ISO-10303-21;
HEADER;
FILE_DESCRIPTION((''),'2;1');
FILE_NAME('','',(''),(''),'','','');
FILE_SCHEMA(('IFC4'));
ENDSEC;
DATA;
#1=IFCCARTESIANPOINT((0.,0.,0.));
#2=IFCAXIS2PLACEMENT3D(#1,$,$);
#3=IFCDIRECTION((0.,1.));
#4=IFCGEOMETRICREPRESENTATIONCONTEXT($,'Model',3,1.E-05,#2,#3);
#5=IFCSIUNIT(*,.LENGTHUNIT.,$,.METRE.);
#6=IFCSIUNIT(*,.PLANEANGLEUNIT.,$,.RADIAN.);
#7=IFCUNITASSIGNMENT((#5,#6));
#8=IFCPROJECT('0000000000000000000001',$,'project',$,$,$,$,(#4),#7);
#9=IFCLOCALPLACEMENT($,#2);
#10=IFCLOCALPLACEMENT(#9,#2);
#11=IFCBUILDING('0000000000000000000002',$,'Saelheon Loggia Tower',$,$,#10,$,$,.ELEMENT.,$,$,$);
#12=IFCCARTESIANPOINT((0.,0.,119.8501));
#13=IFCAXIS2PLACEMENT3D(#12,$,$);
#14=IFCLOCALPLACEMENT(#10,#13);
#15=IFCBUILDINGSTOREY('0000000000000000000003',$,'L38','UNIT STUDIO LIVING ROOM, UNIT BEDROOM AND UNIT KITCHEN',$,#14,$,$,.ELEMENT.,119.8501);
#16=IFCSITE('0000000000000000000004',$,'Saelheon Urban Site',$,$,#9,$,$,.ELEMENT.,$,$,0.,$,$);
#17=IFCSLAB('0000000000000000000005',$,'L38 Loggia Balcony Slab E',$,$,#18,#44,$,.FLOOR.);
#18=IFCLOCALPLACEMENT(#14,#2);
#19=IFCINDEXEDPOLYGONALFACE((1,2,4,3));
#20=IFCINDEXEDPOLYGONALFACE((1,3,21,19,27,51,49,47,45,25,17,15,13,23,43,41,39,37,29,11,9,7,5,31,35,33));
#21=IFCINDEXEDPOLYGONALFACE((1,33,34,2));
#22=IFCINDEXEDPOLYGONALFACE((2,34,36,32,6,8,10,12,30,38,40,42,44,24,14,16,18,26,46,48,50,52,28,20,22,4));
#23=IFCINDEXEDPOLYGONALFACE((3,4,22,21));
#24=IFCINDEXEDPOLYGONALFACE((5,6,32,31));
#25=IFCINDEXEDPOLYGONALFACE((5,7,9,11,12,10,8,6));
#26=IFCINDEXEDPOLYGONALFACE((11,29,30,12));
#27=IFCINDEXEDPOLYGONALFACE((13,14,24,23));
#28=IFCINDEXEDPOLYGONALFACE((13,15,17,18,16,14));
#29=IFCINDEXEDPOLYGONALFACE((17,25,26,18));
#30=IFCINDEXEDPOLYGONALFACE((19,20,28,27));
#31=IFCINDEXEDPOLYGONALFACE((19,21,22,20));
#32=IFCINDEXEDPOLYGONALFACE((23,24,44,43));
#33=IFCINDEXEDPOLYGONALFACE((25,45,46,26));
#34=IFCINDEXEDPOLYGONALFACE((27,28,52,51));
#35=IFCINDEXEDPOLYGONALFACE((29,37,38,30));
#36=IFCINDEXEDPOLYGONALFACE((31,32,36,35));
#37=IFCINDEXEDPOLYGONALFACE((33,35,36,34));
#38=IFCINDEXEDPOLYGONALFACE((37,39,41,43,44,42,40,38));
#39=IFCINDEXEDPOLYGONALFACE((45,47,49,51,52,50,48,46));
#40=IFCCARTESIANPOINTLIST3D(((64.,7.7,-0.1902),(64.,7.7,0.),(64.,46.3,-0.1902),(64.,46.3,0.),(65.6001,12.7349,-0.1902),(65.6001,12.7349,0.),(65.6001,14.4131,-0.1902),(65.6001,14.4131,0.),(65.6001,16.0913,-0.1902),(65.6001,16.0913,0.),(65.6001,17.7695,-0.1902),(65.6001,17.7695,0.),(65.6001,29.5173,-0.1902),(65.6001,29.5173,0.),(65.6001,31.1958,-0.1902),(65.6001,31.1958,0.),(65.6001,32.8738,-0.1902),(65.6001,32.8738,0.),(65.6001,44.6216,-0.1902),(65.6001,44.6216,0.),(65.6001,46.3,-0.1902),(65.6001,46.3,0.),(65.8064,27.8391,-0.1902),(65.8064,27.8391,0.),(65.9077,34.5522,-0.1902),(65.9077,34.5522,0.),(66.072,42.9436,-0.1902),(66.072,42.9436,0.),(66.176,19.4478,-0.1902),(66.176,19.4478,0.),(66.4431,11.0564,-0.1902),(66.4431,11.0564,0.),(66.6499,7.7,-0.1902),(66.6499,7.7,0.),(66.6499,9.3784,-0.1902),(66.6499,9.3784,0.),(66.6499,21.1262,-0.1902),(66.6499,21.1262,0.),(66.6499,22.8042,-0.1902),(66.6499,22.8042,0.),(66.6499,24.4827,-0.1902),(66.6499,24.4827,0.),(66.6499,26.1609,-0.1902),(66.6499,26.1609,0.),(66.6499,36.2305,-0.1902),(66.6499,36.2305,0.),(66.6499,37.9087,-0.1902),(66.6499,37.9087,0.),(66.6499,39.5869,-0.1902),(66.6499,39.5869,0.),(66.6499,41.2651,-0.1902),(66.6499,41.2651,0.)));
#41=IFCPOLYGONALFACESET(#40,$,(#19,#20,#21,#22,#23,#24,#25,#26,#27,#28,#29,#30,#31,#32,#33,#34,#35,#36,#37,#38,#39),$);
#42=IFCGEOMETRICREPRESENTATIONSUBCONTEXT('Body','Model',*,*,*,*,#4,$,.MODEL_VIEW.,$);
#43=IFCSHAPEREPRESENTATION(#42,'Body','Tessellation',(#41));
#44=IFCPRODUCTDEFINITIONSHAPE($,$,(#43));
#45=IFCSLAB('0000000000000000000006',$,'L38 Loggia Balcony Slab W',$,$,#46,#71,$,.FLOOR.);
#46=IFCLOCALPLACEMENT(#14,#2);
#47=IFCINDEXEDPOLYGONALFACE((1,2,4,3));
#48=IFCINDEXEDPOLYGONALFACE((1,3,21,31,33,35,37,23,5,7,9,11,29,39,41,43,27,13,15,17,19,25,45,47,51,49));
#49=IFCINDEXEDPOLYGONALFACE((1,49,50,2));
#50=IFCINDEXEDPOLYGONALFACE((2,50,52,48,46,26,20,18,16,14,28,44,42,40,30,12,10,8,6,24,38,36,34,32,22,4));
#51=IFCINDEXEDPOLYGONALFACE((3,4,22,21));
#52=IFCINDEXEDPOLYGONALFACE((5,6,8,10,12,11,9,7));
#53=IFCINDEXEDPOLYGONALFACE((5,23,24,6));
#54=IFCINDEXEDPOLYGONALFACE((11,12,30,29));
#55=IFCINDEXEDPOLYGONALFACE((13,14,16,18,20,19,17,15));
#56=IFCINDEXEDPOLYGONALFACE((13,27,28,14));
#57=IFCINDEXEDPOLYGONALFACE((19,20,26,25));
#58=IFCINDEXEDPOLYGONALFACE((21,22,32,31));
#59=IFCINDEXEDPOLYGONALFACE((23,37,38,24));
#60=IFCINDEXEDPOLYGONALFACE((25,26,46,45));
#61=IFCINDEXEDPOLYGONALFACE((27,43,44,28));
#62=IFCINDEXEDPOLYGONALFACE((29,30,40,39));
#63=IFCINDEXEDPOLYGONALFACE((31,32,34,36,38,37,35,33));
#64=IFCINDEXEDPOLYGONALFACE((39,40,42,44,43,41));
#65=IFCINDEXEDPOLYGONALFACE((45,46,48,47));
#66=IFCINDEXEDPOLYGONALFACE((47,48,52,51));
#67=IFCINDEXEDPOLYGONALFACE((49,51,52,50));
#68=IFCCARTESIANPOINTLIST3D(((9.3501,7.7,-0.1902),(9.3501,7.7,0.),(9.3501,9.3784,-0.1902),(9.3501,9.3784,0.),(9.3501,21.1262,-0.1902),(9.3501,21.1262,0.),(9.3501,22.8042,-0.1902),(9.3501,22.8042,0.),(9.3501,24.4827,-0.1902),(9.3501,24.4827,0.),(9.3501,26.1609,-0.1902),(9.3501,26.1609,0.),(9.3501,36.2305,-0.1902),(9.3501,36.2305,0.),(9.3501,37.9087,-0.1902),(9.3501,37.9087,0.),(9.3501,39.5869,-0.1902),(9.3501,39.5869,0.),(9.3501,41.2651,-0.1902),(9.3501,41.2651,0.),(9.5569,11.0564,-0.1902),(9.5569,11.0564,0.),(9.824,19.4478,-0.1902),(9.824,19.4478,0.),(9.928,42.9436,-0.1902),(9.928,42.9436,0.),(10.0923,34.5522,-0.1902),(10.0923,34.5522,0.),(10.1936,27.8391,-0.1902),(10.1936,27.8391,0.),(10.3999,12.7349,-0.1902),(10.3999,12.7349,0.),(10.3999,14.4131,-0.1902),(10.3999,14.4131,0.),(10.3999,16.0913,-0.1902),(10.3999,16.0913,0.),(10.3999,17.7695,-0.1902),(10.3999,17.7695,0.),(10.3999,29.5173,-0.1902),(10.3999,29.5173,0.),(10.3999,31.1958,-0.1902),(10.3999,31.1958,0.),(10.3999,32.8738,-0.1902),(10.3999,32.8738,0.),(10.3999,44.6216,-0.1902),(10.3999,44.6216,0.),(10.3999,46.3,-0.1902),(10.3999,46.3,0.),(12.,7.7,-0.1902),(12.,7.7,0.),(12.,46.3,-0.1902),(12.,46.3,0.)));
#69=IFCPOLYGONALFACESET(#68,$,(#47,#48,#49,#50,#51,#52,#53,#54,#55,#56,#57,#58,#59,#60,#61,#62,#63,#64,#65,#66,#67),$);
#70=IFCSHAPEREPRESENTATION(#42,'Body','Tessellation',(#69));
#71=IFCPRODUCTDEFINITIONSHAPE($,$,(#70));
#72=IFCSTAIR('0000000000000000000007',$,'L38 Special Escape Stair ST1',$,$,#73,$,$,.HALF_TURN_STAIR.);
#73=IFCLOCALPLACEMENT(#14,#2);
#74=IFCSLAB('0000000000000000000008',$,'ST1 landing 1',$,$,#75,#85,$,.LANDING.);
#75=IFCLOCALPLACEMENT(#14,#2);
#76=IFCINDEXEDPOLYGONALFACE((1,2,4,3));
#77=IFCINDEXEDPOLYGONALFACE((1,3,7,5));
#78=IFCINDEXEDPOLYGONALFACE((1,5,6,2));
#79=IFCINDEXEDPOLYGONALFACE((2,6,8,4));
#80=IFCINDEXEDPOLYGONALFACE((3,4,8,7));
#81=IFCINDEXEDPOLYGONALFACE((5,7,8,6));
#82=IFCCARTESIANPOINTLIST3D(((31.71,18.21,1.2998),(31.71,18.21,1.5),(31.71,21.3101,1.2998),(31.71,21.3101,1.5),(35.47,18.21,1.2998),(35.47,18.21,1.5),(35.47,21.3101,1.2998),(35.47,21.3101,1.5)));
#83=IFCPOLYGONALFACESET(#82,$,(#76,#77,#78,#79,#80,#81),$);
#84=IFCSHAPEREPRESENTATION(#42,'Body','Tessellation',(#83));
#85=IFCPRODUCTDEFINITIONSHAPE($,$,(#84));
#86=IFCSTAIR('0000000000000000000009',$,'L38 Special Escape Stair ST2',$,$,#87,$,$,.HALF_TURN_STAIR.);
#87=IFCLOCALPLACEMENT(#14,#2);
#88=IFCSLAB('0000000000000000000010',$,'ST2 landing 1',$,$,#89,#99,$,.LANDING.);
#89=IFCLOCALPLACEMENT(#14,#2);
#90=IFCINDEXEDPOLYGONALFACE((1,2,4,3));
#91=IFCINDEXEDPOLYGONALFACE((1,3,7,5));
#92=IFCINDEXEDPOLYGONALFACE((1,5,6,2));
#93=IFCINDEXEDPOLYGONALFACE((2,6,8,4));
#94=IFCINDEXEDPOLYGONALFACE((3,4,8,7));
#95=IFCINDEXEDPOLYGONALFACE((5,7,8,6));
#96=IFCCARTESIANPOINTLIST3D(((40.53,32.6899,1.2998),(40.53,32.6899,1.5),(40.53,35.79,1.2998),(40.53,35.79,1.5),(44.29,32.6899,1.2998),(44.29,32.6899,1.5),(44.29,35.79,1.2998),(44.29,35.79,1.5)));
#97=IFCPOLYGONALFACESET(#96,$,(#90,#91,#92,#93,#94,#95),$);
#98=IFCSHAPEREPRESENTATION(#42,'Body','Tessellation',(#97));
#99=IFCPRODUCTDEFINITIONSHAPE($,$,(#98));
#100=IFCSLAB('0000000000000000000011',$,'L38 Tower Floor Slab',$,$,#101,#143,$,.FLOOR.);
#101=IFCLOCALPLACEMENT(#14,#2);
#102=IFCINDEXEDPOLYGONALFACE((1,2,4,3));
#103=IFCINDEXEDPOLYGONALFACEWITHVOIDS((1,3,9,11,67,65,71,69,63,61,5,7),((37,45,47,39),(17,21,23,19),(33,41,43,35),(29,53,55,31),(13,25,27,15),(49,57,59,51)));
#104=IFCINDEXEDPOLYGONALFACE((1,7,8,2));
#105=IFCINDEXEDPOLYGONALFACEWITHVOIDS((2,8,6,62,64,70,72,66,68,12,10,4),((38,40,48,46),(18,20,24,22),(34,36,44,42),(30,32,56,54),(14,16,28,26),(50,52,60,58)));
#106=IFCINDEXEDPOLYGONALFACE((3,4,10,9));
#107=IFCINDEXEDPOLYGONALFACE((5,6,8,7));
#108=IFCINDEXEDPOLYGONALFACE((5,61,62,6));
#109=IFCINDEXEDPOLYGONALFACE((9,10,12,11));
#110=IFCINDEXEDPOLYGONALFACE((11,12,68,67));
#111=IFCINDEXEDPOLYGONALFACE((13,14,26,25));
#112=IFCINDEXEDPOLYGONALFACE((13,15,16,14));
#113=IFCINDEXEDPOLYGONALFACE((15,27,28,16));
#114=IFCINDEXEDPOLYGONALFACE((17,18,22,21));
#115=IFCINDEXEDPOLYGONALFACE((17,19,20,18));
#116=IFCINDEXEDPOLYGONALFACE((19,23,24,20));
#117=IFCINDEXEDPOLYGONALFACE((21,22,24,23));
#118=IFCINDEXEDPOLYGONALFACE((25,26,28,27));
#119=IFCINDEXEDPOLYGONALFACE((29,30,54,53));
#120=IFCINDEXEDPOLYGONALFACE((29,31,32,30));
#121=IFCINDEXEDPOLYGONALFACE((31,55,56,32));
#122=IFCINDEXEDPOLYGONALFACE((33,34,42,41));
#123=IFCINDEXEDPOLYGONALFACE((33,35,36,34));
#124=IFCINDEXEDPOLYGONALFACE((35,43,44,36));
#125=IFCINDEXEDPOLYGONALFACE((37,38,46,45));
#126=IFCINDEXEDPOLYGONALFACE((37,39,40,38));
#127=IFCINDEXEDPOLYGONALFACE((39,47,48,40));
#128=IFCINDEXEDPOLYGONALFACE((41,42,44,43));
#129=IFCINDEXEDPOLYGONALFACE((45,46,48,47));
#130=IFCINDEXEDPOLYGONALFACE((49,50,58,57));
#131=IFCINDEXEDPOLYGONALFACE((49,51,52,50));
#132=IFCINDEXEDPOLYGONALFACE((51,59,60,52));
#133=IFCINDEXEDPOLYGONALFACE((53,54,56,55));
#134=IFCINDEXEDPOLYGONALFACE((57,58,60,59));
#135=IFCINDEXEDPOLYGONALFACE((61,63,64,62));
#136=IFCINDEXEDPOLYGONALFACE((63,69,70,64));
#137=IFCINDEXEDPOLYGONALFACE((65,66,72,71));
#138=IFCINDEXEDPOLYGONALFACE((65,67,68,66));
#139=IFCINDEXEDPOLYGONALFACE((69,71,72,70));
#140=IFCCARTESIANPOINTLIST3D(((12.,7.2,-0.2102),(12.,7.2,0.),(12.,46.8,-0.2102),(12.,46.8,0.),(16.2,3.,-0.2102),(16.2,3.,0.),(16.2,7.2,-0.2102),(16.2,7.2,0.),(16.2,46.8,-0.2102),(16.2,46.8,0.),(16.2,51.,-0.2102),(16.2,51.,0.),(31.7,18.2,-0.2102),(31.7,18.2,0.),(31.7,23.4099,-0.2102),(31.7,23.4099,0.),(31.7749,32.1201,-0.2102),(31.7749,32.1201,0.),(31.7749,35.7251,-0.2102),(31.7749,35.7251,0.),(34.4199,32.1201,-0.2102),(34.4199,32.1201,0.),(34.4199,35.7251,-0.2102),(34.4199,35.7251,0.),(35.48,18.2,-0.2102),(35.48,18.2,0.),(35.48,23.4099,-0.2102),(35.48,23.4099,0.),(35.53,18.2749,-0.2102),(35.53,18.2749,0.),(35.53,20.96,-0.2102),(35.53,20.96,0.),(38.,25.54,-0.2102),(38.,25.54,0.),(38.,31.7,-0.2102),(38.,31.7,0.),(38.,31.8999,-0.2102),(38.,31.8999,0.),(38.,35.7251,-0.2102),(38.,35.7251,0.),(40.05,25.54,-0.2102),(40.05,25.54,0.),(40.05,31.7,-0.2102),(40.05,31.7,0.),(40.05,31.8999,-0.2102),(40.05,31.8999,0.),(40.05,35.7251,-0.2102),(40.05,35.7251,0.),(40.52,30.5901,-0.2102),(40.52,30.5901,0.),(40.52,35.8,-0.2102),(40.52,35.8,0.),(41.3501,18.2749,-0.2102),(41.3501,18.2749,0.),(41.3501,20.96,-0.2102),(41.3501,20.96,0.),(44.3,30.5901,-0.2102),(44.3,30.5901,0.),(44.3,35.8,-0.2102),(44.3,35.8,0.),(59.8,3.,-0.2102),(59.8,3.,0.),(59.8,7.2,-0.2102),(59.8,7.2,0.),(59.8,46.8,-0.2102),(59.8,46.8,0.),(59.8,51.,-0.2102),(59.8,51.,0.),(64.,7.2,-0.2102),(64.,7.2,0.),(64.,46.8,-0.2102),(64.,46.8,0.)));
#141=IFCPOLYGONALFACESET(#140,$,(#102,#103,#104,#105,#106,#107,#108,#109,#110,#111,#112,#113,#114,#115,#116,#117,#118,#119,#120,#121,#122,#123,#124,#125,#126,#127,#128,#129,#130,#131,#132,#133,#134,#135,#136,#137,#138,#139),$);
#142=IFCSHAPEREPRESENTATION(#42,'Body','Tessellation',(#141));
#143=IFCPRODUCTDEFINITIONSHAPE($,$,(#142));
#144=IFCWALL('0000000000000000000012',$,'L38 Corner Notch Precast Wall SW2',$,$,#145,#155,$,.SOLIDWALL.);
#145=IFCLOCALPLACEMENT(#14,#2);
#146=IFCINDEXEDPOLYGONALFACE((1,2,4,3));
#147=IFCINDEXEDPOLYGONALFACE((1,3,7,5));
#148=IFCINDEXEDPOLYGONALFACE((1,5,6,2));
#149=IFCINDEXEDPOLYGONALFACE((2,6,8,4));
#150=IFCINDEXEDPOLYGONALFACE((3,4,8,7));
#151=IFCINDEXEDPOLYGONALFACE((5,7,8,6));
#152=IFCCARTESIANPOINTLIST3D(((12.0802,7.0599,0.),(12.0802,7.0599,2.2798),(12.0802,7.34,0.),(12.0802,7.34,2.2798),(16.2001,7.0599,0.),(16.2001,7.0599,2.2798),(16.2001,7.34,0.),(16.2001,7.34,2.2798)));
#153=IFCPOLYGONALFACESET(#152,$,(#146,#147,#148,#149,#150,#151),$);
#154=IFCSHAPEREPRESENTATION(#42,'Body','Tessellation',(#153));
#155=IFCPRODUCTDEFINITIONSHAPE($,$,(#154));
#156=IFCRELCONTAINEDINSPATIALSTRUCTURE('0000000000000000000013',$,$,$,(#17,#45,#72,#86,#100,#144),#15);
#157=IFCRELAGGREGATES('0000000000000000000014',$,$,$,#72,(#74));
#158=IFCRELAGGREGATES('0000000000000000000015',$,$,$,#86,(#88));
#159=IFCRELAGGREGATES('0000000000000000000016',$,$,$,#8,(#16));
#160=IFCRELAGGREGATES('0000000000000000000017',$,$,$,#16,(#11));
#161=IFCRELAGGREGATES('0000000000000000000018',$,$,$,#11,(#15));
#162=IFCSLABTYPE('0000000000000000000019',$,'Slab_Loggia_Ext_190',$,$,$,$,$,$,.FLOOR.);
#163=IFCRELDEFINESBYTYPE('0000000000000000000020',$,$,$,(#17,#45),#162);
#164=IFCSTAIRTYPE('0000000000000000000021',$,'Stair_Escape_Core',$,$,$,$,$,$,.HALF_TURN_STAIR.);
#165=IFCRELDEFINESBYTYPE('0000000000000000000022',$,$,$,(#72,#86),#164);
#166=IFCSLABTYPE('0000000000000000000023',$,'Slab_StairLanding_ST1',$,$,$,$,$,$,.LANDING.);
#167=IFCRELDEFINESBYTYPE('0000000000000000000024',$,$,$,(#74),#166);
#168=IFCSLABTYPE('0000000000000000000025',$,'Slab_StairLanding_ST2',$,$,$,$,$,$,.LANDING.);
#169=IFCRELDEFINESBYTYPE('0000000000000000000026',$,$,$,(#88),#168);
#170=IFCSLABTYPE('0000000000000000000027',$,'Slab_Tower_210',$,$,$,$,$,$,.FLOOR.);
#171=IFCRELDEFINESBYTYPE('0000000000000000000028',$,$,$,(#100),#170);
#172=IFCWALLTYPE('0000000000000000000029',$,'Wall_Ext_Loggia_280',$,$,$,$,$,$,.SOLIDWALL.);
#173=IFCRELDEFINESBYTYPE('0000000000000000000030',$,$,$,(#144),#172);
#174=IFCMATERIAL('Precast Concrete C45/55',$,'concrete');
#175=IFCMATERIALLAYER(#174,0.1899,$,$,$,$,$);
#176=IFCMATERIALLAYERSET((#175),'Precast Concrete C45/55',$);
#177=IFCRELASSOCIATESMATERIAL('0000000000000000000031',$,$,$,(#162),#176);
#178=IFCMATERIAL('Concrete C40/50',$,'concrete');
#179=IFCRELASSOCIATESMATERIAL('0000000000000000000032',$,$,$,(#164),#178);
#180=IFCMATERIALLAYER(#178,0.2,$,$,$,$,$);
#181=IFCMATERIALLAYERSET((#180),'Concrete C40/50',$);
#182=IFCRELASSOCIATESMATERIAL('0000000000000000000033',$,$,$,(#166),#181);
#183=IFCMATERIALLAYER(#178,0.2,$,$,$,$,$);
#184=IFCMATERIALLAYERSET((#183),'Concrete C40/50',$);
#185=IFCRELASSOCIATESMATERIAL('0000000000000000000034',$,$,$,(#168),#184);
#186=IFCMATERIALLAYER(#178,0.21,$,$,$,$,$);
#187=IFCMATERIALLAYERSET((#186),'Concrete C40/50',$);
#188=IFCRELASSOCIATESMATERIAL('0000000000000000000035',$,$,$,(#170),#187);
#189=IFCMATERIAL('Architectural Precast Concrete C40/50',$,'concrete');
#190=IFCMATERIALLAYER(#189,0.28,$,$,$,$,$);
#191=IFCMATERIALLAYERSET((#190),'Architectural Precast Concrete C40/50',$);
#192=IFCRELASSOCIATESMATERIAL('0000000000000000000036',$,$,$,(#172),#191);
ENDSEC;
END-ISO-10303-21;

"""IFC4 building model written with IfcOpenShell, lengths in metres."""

from ifc_helpers import new_model, si_unit, direction, frame, frame_2d, origin, place, context, subcontext, project, spatial, polyline, rectangle, outline, extrude, material, layer, layer_set, type_object, element, aggregate, save


model = new_model("IFC4")

# Units and contexts
model_context = context("Model", 3, precision=1e-05, world=origin(), true_north=direction((0.0, 1.0)))
body_context = subcontext(model_context, "Body", "Model", "MODEL_VIEW")
ifc_project = project(units=[si_unit("LENGTHUNIT", "METRE"), si_unit("PLANEANGLEUNIT", "RADIAN")], contexts=[model_context])

# Site, building, storey
site_placement = place(None, origin())
site = spatial("IfcSite", under=ifc_project, at=site_placement, Name="Saelheon Urban Site", CompositionType="ELEMENT", RefElevation=0.0)
building_placement = place(site_placement, origin())
building = spatial("IfcBuilding", under=site, at=building_placement, Name="Saelheon Loggia Tower", CompositionType="ELEMENT")
storey_placement = place(building_placement, frame((0.0, 0.0, 119.8501)))
storey = spatial("IfcBuildingStorey", under=building, at=storey_placement, Name="L38", Description="UNIT STUDIO LIVING ROOM, UNIT BEDROOM AND UNIT KITCHEN", CompositionType="ELEMENT", Elevation=119.8501)

# Shared definitions
ifc_material_1 = material(Name="Precast Concrete C45/55", Category="concrete")

# Shared definitions
ifc_material_2 = material(Name="Concrete C40/50", Category="concrete")

# Slabs
ifc_layer_1 = layer(ifc_material_1, 0.1899)
ifc_layer_set_1 = layer_set([ifc_layer_1], Name="Precast Concrete C45/55")
slab_type_1 = type_object("IfcSlabType", Name="Slab_Loggia_Ext_190", PredefinedType="FLOOR", material=ifc_layer_set_1)
slab_1_placement = place(storey_placement, frame((0.0, 0.0, -0.1902)))
element("IfcSlab", 1, at=slab_1_placement, inside=storey, type_object=slab_type_1, Name="L38 Loggia Balcony Slab E", PredefinedType="FLOOR", context=body_context, shape_type="SweptSolid", body=[
    extrude(outline(polyline([(64.0, 7.7), (66.6499, 7.7), (66.6499, 9.3784), (66.4431, 11.0564), (65.6001, 12.7349), (65.6001, 14.4131), (65.6001, 16.0913), (65.6001, 17.7695), (66.176, 19.4478), (66.6499, 21.1262), (66.6499, 22.8042), (66.6499, 24.4827), (66.6499, 26.1609), (65.8064, 27.8391), (65.6001, 29.5173), (65.6001, 31.1958), (65.6001, 32.8738), (65.9077, 34.5522), (66.6499, 36.2305), (66.6499, 37.9087), (66.6499, 39.5869), (66.6499, 41.2651), (66.072, 42.9436), (65.6001, 44.6216), (65.6001, 46.3), (64.0, 46.3), (64.0, 7.7)])), origin(), (0.0, 0.0, 1.0), 0.1902),
])
slab_2_placement = place(storey_placement, frame((0.0, 0.0, -0.1902)))
element("IfcSlab", 2, at=slab_2_placement, inside=storey, type_object=slab_type_1, Name="L38 Loggia Balcony Slab W", PredefinedType="FLOOR", context=body_context, shape_type="SweptSolid", body=[
    extrude(outline(polyline([(12.0, 7.7), (12.0, 46.3), (10.3999, 46.3), (10.3999, 44.6216), (9.928, 42.9436), (9.3501, 41.2651), (9.3501, 39.5869), (9.3501, 37.9087), (9.3501, 36.2305), (10.0923, 34.5522), (10.3999, 32.8738), (10.3999, 31.1958), (10.3999, 29.5173), (10.1936, 27.8391), (9.3501, 26.1609), (9.3501, 24.4827), (9.3501, 22.8042), (9.3501, 21.1262), (9.824, 19.4478), (10.3999, 17.7695), (10.3999, 16.0913), (10.3999, 14.4131), (10.3999, 12.7349), (9.5569, 11.0564), (9.3501, 9.3784), (9.3501, 7.7), (12.0, 7.7)])), origin(), (0.0, 0.0, 1.0), 0.1902),
])

# Stairs, slabs
stair_type = type_object("IfcStairType", Name="Stair_Escape_Core", PredefinedType="HALF_TURN_STAIR", material=ifc_material_2)
stair_1_placement = place(storey_placement, origin())
stair_1 = element("IfcStair", 3, at=stair_1_placement, inside=storey, type_object=stair_type, Name="L38 Special Escape Stair ST1", PredefinedType="HALF_TURN_STAIR")
ifc_layer_2 = layer(ifc_material_2, 0.2)
ifc_layer_set_2 = layer_set([ifc_layer_2], Name="Concrete C40/50")
slab_type_2 = type_object("IfcSlabType", Name="Slab_StairLanding_ST1", PredefinedType="LANDING", material=ifc_layer_set_2)
slab_3_placement = place(storey_placement, frame((0.0, 0.0, 1.2998)))
slab_3 = element("IfcSlab", 4, at=slab_3_placement, type_object=slab_type_2, Name="ST1 landing 1", PredefinedType="LANDING", context=body_context, shape_type="SweptSolid", body=[
    extrude(outline(polyline([(31.71, 21.3101), (31.71, 18.21), (35.47, 18.21), (35.47, 21.3101), (31.71, 21.3101)])), origin(), (0.0, 0.0, 1.0), 0.2002),
])
aggregate(stair_1, [slab_3])
stair_2_placement = place(storey_placement, origin())
stair_2 = element("IfcStair", 5, at=stair_2_placement, inside=storey, type_object=stair_type, Name="L38 Special Escape Stair ST2", PredefinedType="HALF_TURN_STAIR")
ifc_layer_3 = layer(ifc_material_2, 0.2)
ifc_layer_set_3 = layer_set([ifc_layer_3], Name="Concrete C40/50")
slab_type_3 = type_object("IfcSlabType", Name="Slab_StairLanding_ST2", PredefinedType="LANDING", material=ifc_layer_set_3)
slab_4_placement = place(storey_placement, frame((0.0, 0.0, 1.2998)))
slab_4 = element("IfcSlab", 6, at=slab_4_placement, type_object=slab_type_3, Name="ST2 landing 1", PredefinedType="LANDING", context=body_context, shape_type="SweptSolid", body=[
    extrude(outline(polyline([(44.29, 32.6899), (44.29, 35.79), (40.53, 35.79), (40.53, 32.6899), (44.29, 32.6899)])), origin(), (0.0, 0.0, 1.0), 0.2002),
])
aggregate(stair_2, [slab_4])

# Slab
ifc_layer_4 = layer(ifc_material_2, 0.21)
ifc_layer_set_4 = layer_set([ifc_layer_4], Name="Concrete C40/50")
slab_type_4 = type_object("IfcSlabType", Name="Slab_Tower_210", PredefinedType="FLOOR", material=ifc_layer_set_4)
slab_5_placement = place(storey_placement, frame((0.0, 0.0, -0.2102)))
element("IfcSlab", 7, at=slab_5_placement, inside=storey, type_object=slab_type_4, Name="L38 Tower Floor Slab", PredefinedType="FLOOR", context=body_context, shape_type="SweptSolid", body=[
    extrude(outline(polyline([(16.2, 3.0), (59.8, 3.0), (59.8, 7.2), (64.0, 7.2), (64.0, 46.8), (59.8, 46.8), (59.8, 51.0), (16.2, 51.0), (16.2, 46.8), (12.0, 46.8), (12.0, 7.2), (16.2, 7.2), (16.2, 3.0)]), holes=[polyline([(31.7, 23.4099), (31.7, 18.2), (35.48, 18.2), (35.48, 23.4099), (31.7, 23.4099)]), polyline([(44.3, 30.5901), (44.3, 35.8), (40.52, 35.8), (40.52, 30.5901), (44.3, 30.5901)]), polyline([(35.53, 18.2749), (41.3501, 18.2749), (41.3501, 20.96), (35.53, 20.96), (35.53, 18.2749)]), polyline([(31.7749, 32.1201), (34.4199, 32.1201), (34.4199, 35.7251), (31.7749, 35.7251), (31.7749, 32.1201)]), polyline([(38.0, 31.8999), (40.05, 31.8999), (40.05, 35.7251), (38.0, 35.7251), (38.0, 31.8999)]), polyline([(38.0, 25.54), (40.05, 25.54), (40.05, 31.7), (38.0, 31.7), (38.0, 25.54)])]), origin(), (0.0, 0.0, 1.0), 0.2102),
])

# Shared definitions
ifc_material_3 = material(Name="Architectural Precast Concrete C40/50", Category="concrete")
ifc_layer_5 = layer(ifc_material_3, 0.28)
ifc_layer_set_5 = layer_set([ifc_layer_5], Name="Architectural Precast Concrete C40/50")
wall_type = type_object("IfcWallType", Name="Wall_Ext_Loggia_280", PredefinedType="SOLIDWALL", material=ifc_layer_set_5)

# Wall
wall_1_placement = place(storey_placement, frame((12.0801, 7.2, 0.0), z_axis=(0.0, 0.0, 1.0), x_axis=(1.0, 0.0, 0.0)))
element("IfcWall", 8, at=wall_1_placement, inside=storey, type_object=wall_type, Name="L38 Corner Notch Precast Wall SW2", PredefinedType="SOLIDWALL", context=body_context, shape_type="SweptSolid", body=[
    extrude(rectangle(XDim=4.1199, YDim=0.28, at=frame_2d((2.0601, 0.0))), origin(), (0.0, 0.0, 1.0), 2.2798),
])

save(model, "model.ifc")
